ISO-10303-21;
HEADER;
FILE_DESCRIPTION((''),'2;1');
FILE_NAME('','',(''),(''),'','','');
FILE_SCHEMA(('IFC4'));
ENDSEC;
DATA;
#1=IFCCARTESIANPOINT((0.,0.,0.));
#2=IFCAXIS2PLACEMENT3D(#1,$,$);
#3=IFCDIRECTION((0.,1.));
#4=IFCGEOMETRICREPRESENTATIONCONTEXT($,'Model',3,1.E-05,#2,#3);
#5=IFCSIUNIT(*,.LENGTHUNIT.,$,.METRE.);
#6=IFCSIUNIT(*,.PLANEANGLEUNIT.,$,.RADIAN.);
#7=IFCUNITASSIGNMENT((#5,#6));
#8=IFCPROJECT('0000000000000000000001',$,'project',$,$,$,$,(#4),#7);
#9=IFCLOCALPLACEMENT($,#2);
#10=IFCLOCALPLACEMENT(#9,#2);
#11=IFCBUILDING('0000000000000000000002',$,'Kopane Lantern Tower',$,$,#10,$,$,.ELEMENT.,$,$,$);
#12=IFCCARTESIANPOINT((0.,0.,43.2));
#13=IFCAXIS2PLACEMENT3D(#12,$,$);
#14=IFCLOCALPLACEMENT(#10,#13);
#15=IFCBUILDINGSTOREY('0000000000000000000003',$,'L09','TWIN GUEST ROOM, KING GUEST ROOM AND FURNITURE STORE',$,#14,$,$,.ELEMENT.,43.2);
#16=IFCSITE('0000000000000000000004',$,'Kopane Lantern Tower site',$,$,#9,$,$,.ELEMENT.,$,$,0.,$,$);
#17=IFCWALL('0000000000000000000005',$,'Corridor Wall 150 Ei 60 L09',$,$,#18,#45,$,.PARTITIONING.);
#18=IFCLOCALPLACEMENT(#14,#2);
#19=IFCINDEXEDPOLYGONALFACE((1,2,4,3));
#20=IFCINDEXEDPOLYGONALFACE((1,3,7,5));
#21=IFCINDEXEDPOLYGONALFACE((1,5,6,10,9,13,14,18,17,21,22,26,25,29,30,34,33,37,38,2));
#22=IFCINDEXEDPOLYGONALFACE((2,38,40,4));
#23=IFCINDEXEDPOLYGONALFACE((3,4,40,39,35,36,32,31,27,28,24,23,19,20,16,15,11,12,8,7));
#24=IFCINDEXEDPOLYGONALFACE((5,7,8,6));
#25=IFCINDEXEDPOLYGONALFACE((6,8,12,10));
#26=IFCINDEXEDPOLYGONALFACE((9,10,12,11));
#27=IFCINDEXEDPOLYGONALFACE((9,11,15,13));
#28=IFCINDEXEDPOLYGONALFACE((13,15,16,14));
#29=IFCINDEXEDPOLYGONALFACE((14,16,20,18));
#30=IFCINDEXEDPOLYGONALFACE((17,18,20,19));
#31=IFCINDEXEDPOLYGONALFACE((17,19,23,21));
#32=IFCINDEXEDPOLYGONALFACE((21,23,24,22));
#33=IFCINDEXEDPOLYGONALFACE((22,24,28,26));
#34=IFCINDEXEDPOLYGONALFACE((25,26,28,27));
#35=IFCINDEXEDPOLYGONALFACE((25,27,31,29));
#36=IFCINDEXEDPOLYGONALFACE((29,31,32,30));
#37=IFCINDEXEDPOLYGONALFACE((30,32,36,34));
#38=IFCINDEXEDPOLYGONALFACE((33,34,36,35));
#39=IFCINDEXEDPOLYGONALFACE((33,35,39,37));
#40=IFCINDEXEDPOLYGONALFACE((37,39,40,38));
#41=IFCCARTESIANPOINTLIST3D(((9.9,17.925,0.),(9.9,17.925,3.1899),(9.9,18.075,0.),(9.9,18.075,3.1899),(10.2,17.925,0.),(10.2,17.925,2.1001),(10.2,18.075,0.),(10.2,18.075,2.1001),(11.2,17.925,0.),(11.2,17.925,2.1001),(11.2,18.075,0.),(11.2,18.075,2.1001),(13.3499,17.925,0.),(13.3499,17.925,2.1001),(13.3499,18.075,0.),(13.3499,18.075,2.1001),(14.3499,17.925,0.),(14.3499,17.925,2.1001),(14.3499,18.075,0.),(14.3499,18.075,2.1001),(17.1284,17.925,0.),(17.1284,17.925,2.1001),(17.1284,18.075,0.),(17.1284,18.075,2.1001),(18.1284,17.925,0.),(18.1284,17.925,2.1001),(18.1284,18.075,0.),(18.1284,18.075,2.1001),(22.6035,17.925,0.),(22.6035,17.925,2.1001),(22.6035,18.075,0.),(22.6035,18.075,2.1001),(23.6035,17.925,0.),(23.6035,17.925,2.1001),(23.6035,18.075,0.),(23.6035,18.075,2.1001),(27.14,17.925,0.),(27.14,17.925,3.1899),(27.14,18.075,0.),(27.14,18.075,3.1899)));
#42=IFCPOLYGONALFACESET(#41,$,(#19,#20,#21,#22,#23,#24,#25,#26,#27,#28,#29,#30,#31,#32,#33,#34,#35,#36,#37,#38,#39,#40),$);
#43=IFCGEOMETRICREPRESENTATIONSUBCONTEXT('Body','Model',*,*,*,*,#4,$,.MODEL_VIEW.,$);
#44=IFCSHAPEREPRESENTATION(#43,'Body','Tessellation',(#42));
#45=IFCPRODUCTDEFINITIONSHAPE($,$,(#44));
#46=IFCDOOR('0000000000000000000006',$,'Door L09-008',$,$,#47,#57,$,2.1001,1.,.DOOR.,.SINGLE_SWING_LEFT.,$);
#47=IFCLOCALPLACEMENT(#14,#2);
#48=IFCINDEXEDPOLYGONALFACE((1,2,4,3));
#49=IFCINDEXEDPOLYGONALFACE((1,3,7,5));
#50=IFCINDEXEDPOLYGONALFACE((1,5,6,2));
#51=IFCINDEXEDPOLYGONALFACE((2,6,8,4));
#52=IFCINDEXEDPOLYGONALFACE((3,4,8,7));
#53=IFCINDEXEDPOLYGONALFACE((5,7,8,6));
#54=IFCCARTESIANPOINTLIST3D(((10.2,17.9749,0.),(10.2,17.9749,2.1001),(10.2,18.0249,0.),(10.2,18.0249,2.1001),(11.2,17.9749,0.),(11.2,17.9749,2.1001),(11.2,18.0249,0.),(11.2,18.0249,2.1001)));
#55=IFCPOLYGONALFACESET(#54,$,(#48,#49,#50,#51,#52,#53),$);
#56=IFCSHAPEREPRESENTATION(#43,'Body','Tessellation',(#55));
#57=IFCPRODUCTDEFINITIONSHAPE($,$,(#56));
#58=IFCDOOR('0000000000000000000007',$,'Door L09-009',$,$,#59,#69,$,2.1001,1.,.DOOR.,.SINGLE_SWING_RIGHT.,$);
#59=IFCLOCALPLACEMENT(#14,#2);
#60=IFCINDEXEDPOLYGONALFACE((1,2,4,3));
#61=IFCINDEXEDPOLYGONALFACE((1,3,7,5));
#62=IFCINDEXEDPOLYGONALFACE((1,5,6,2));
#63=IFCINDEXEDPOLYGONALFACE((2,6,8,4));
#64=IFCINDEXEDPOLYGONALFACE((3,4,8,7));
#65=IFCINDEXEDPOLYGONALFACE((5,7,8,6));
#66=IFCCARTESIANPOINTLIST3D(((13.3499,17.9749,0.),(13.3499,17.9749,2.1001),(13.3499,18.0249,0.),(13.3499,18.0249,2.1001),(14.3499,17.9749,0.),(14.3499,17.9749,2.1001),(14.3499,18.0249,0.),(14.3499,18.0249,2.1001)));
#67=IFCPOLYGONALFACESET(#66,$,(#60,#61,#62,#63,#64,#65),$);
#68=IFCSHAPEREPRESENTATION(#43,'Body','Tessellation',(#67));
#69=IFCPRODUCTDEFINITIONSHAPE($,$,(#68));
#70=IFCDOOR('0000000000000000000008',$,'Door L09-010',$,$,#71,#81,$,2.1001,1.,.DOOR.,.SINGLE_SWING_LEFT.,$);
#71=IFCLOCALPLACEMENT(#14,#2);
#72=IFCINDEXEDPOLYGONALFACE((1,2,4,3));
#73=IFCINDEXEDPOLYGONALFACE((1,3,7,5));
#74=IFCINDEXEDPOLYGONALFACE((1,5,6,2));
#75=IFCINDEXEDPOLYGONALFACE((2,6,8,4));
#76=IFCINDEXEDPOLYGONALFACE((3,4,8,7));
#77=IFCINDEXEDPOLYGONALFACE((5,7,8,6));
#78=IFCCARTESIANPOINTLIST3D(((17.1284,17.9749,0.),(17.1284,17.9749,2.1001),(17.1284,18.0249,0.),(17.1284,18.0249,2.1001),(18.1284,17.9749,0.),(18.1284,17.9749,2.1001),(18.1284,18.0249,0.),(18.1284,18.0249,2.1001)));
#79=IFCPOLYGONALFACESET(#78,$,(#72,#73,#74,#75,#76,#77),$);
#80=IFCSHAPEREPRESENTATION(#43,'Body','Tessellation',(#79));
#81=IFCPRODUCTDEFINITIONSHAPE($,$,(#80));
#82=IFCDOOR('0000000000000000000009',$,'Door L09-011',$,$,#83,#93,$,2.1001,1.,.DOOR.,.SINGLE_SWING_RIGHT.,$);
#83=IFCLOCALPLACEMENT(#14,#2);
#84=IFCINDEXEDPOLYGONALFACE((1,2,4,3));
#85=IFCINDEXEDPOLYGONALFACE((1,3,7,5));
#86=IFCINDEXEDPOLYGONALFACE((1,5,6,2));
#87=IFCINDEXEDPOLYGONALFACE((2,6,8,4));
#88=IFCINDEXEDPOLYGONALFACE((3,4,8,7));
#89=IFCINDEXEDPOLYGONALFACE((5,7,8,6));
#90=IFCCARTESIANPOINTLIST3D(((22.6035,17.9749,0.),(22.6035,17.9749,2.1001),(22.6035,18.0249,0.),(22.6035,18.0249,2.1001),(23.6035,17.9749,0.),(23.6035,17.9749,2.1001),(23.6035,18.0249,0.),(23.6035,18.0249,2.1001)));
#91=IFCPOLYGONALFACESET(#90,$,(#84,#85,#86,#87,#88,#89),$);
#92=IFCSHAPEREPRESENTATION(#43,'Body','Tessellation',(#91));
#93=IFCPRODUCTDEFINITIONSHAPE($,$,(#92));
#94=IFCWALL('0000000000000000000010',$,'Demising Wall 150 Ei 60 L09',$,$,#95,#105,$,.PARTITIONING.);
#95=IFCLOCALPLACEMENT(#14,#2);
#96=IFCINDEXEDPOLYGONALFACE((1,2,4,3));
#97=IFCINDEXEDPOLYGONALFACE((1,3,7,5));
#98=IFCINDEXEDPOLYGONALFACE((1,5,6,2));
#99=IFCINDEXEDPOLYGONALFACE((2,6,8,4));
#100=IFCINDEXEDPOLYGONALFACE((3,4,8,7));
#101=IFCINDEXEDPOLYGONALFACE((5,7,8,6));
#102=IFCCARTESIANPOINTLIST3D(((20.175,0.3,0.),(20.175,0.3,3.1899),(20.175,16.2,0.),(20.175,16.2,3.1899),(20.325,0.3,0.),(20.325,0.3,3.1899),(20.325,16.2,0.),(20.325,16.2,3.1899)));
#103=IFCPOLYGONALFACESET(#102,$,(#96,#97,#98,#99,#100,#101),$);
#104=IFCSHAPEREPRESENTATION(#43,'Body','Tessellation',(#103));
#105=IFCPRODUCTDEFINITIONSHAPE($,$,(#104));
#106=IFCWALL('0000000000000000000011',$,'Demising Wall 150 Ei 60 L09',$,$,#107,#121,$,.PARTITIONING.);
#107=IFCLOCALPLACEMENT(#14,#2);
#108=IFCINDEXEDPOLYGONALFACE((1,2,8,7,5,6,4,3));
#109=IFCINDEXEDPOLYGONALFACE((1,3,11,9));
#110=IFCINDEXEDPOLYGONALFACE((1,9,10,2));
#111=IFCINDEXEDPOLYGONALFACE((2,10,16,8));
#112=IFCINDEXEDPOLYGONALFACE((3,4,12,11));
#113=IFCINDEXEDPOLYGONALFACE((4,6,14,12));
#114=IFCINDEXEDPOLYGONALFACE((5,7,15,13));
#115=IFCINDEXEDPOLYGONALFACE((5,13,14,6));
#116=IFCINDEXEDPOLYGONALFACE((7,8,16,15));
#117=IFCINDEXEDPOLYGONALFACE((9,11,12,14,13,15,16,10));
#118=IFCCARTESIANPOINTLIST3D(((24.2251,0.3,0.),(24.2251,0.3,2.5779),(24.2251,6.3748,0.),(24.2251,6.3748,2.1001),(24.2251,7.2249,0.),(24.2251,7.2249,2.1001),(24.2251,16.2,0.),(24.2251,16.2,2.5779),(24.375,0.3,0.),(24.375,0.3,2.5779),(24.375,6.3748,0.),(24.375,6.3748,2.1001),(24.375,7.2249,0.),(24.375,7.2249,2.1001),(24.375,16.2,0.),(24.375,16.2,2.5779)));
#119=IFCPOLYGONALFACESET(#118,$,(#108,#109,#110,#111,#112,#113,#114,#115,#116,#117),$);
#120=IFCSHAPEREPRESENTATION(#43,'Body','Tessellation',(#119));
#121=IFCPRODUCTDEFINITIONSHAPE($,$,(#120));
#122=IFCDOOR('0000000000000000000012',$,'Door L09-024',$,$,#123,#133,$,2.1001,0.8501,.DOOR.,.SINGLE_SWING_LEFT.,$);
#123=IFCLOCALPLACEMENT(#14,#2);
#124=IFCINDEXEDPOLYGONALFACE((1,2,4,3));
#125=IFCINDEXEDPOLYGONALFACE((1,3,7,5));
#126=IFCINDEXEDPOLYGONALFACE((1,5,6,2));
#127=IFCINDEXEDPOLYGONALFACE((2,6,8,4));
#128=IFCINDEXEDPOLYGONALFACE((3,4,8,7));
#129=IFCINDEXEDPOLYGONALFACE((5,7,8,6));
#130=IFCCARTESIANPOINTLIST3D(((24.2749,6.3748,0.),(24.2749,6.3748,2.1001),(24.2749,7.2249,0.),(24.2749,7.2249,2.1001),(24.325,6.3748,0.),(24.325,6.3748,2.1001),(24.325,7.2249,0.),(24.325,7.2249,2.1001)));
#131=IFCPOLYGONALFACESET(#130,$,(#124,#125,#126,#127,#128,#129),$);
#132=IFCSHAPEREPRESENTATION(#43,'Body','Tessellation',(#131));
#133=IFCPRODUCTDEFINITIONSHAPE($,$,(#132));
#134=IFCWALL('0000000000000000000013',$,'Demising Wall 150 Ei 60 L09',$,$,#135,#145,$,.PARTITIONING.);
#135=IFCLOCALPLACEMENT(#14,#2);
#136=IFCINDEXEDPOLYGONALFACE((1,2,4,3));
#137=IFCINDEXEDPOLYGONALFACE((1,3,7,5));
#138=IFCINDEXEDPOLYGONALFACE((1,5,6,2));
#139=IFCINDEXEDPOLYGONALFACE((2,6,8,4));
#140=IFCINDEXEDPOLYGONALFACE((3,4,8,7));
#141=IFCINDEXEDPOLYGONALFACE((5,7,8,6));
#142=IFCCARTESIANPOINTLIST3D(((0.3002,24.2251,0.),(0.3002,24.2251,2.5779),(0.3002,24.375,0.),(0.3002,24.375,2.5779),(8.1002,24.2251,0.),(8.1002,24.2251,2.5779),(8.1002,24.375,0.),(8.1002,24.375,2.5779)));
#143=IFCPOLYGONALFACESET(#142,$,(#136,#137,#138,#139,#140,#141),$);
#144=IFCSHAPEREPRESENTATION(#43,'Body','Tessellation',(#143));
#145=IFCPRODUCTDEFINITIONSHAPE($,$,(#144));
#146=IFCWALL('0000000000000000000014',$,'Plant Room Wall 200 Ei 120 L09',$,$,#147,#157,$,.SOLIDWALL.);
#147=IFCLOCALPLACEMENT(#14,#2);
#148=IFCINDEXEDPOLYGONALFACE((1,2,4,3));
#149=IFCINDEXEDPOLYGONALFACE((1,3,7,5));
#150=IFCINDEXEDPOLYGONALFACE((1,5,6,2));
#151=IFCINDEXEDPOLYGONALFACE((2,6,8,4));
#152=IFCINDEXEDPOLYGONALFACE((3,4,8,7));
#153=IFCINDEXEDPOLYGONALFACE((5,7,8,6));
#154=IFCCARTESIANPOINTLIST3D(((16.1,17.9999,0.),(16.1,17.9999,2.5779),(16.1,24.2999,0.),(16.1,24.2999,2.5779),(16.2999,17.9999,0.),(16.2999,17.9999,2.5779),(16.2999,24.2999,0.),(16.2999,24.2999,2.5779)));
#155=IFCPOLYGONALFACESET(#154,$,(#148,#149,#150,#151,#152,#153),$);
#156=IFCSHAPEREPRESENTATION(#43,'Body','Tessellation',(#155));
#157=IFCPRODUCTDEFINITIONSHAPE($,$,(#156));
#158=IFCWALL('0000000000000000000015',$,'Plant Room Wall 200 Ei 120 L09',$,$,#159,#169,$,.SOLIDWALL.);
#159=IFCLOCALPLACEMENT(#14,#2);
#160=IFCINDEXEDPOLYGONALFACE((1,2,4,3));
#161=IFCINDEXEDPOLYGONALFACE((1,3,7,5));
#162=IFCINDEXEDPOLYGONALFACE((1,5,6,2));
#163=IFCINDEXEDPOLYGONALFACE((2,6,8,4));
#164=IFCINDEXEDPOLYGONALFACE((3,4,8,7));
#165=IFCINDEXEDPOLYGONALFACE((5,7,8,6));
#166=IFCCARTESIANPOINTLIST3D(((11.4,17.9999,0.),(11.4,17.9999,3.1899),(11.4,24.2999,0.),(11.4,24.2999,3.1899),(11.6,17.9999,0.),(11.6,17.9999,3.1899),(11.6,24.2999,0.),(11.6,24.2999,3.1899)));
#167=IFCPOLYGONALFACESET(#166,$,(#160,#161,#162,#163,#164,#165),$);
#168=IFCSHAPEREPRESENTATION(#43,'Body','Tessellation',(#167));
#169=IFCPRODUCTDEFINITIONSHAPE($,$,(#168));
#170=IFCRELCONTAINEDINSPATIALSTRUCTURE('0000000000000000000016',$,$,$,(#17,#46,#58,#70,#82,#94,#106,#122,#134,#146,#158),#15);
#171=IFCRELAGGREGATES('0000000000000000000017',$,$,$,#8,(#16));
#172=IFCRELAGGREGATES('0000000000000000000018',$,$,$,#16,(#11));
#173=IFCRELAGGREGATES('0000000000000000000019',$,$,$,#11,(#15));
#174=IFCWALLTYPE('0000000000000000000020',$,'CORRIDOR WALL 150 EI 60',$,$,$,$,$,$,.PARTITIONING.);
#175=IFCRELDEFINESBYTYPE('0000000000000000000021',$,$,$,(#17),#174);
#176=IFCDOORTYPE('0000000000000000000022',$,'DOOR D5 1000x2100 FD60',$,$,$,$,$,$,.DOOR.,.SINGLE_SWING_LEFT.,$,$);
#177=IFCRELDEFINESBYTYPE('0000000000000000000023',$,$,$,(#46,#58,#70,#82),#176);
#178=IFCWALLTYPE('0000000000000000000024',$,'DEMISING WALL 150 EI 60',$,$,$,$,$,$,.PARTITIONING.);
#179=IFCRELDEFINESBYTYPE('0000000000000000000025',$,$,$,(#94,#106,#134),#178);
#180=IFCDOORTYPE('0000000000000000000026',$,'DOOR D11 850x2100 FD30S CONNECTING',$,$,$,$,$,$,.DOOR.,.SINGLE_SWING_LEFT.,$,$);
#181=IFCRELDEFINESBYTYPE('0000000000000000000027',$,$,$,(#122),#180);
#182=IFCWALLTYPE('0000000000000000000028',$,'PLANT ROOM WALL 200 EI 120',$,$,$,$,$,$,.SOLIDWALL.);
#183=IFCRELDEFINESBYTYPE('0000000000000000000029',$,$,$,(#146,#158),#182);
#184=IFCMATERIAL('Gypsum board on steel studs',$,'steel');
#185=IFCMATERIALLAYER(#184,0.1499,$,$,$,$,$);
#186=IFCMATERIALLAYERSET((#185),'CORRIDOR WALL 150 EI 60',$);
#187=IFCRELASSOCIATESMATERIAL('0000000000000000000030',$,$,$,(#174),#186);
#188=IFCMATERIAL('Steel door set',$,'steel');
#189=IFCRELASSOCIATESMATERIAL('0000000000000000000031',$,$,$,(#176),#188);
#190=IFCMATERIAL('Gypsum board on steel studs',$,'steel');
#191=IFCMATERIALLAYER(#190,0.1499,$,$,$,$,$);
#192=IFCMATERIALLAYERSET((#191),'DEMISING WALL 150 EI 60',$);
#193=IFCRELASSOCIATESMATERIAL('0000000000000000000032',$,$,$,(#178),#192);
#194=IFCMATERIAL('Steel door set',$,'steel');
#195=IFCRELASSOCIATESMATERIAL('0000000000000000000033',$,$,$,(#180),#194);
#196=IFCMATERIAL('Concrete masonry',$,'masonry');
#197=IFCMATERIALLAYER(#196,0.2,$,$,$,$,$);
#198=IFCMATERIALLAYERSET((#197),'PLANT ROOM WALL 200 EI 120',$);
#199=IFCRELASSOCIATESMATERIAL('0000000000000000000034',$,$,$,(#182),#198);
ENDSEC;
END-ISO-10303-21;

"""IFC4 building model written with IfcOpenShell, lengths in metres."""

from ifc_helpers import new_model, si_unit, direction, frame, frame_2d, origin, place, context, subcontext, project, spatial, rectangle, extrude, material, layer, layer_set, type_object, element, fill, save


model = new_model("IFC4")

# Units and contexts
model_context = context("Model", 3, precision=1e-05, world=origin(), true_north=direction((0.0, 1.0)))
body_context = subcontext(model_context, "Body", "Model", "MODEL_VIEW")
ifc_project = project(units=[si_unit("LENGTHUNIT", "METRE"), si_unit("PLANEANGLEUNIT", "RADIAN")], contexts=[model_context])

# Site, building, storey
site_placement = place(None, origin())
site = spatial("IfcSite", under=ifc_project, at=site_placement, Name="Kopane Lantern Tower site", CompositionType="ELEMENT", RefElevation=0.0)
building_placement = place(site_placement, origin())
building = spatial("IfcBuilding", under=site, at=building_placement, Name="Kopane Lantern Tower", CompositionType="ELEMENT")
storey_placement = place(building_placement, frame((0.0, 0.0, 43.2)))
storey = spatial("IfcBuildingStorey", under=building, at=storey_placement, Name="L09", Description="TWIN GUEST ROOM, KING GUEST ROOM AND FURNITURE STORE", CompositionType="ELEMENT", Elevation=43.2)

# Wall, openings, doors
ifc_material_1 = material(Name="Gypsum board on steel studs", Category="steel")
ifc_layer_1 = layer(ifc_material_1, 0.1499)
ifc_layer_set_1 = layer_set([ifc_layer_1], Name="CORRIDOR WALL 150 EI 60")
wall_type_1 = type_object("IfcWallType", Name="CORRIDOR WALL 150 EI 60", PredefinedType="PARTITIONING", material=ifc_layer_set_1)
wall_1_placement = place(storey_placement, frame((9.8999, 18.0, 0.0), z_axis=(0.0, 0.0, 1.0), x_axis=(1.0, 0.0, 0.0)))
wall_1 = element("IfcWall", 1, at=wall_1_placement, inside=storey, type_object=wall_type_1, Name="Corridor Wall 150 Ei 60 L09", PredefinedType="PARTITIONING", context=body_context, shape_type="SweptSolid", body=[
    extrude(rectangle(XDim=17.24, YDim=0.1499, at=frame_2d((8.6201, 0.0))), origin(), (0.0, 0.0, 1.0), 3.1899),
])
opening_1_placement = place(wall_1_placement, frame((0.3, 0.0, 0.0)))
opening_1 = element("IfcOpeningElement", 2, at=opening_1_placement, cuts=wall_1, PredefinedType="OPENING", context=body_context, shape_type="SweptSolid", body=[
    extrude(rectangle(XDim=1.0, YDim=2.1001, at=frame_2d((0.5, 1.05))), frame((0.0, 0.085, 0.0), z_axis=(0.0, -1.0, 0.0), x_axis=(1.0, 0.0, 0.0)), (0.0, 0.0, 1.0), 0.1699),
])
opening_2_placement = place(wall_1_placement, frame((3.45, 0.0, 0.0)))
opening_2 = element("IfcOpeningElement", 3, at=opening_2_placement, cuts=wall_1, PredefinedType="OPENING", context=body_context, shape_type="SweptSolid", body=[
    extrude(rectangle(XDim=1.0, YDim=2.1001, at=frame_2d((0.5, 1.05))), frame((0.0, 0.085, 0.0), z_axis=(0.0, -1.0, 0.0), x_axis=(1.0, 0.0, 0.0)), (0.0, 0.0, 1.0), 0.1699),
])
opening_3_placement = place(wall_1_placement, frame((7.2285, 0.0, 0.0)))
opening_3 = element("IfcOpeningElement", 4, at=opening_3_placement, cuts=wall_1, PredefinedType="OPENING", context=body_context, shape_type="SweptSolid", body=[
    extrude(rectangle(XDim=1.0, YDim=2.1001, at=frame_2d((0.5, 1.05))), frame((0.0, 0.085, 0.0), z_axis=(0.0, -1.0, 0.0), x_axis=(1.0, 0.0, 0.0)), (0.0, 0.0, 1.0), 0.1699),
])
opening_4_placement = place(wall_1_placement, frame((12.7036, 0.0, 0.0)))
opening_4 = element("IfcOpeningElement", 5, at=opening_4_placement, cuts=wall_1, PredefinedType="OPENING", context=body_context, shape_type="SweptSolid", body=[
    extrude(rectangle(XDim=1.0, YDim=2.1001, at=frame_2d((0.5, 1.05))), frame((0.0, 0.085, 0.0), z_axis=(0.0, -1.0, 0.0), x_axis=(1.0, 0.0, 0.0)), (0.0, 0.0, 1.0), 0.1699),
])
ifc_material_2 = material(Name="Steel door set", Category="steel")
door_type_1 = type_object("IfcDoorType", Name="DOOR D5 1000x2100 FD60", OperationType="SINGLE_SWING_LEFT", PredefinedType="DOOR", material=ifc_material_2)
door_1_placement = place(opening_1_placement, origin())
door_1 = element("IfcDoor", 6, at=door_1_placement, inside=storey, type_object=door_type_1, Name="Door L09-008", OperationType="SINGLE_SWING_LEFT", OverallHeight=2.1001, OverallWidth=1.0, PredefinedType="DOOR", context=body_context, shape_type="SweptSolid", body=[
    extrude(rectangle(XDim=1.0, YDim=2.1001, at=frame_2d((0.5, 1.05))), frame((0.0, 0.0249, 0.0), z_axis=(0.0, -1.0, 0.0), x_axis=(1.0, 0.0, 0.0)), (0.0, 0.0, 1.0), 0.05),
])
fill(opening_1, door_1)
door_2_placement = place(opening_2_placement, origin())
door_2 = element("IfcDoor", 7, at=door_2_placement, inside=storey, type_object=door_type_1, Name="Door L09-009", OperationType="SINGLE_SWING_RIGHT", OverallHeight=2.1001, OverallWidth=1.0, PredefinedType="DOOR", context=body_context, shape_type="SweptSolid", body=[
    extrude(rectangle(XDim=1.0, YDim=2.1001, at=frame_2d((0.5, 1.05))), frame((0.0, 0.0249, 0.0), z_axis=(0.0, -1.0, 0.0), x_axis=(1.0, 0.0, 0.0)), (0.0, 0.0, 1.0), 0.05),
])
fill(opening_2, door_2)
door_3_placement = place(opening_3_placement, origin())
door_3 = element("IfcDoor", 8, at=door_3_placement, inside=storey, type_object=door_type_1, Name="Door L09-010", OperationType="SINGLE_SWING_LEFT", OverallHeight=2.1001, OverallWidth=1.0, PredefinedType="DOOR", context=body_context, shape_type="SweptSolid", body=[
    extrude(rectangle(XDim=1.0, YDim=2.1001, at=frame_2d((0.5, 1.05))), frame((0.0, 0.0249, 0.0), z_axis=(0.0, -1.0, 0.0), x_axis=(1.0, 0.0, 0.0)), (0.0, 0.0, 1.0), 0.05),
])
fill(opening_3, door_3)
door_4_placement = place(opening_4_placement, origin())
door_4 = element("IfcDoor", 9, at=door_4_placement, inside=storey, type_object=door_type_1, Name="Door L09-011", OperationType="SINGLE_SWING_RIGHT", OverallHeight=2.1001, OverallWidth=1.0, PredefinedType="DOOR", context=body_context, shape_type="SweptSolid", body=[
    extrude(rectangle(XDim=1.0, YDim=2.1001, at=frame_2d((0.5, 1.05))), frame((0.0, 0.0249, 0.0), z_axis=(0.0, -1.0, 0.0), x_axis=(1.0, 0.0, 0.0)), (0.0, 0.0, 1.0), 0.05),
])
fill(opening_4, door_4)

# Wall
ifc_material_3 = material(Name="Gypsum board on steel studs", Category="steel")
ifc_layer_2 = layer(ifc_material_3, 0.1499)
ifc_layer_set_2 = layer_set([ifc_layer_2], Name="DEMISING WALL 150 EI 60")
wall_type_2 = type_object("IfcWallType", Name="DEMISING WALL 150 EI 60", PredefinedType="PARTITIONING", material=ifc_layer_set_2)
wall_2_placement = place(storey_placement, frame((20.25, 16.2, 0.0), z_axis=(0.0, 0.0, 1.0), x_axis=(0.0, -1.0, 0.0)))
element("IfcWall", 10, at=wall_2_placement, inside=storey, type_object=wall_type_2, Name="Demising Wall 150 Ei 60 L09", PredefinedType="PARTITIONING", context=body_context, shape_type="SweptSolid", body=[
    extrude(rectangle(XDim=15.8999, YDim=0.1499, at=frame_2d((7.95, 0.0))), origin(), (0.0, 0.0, 1.0), 3.1899),
])

# Wall, opening, door
wall_3_placement = place(storey_placement, frame((24.3, 16.2, 0.0), z_axis=(0.0, 0.0, 1.0), x_axis=(0.0, -1.0, 0.0)))
wall_3 = element("IfcWall", 11, at=wall_3_placement, inside=storey, type_object=wall_type_2, Name="Demising Wall 150 Ei 60 L09", PredefinedType="PARTITIONING", context=body_context, shape_type="SweptSolid", body=[
    extrude(rectangle(XDim=15.8999, YDim=0.1499, at=frame_2d((7.95, 0.0))), origin(), (0.0, 0.0, 1.0), 2.5779),
])
opening_5_placement = place(wall_3_placement, frame((8.9751, 0.0, 0.0)))
opening_5 = element("IfcOpeningElement", 12, at=opening_5_placement, cuts=wall_3, PredefinedType="OPENING", context=body_context, shape_type="SweptSolid", body=[
    extrude(rectangle(XDim=0.8501, YDim=2.1001, at=frame_2d((0.425, 1.05))), frame((0.0, 0.085, 0.0), z_axis=(0.0, -1.0, 0.0), x_axis=(1.0, 0.0, 0.0)), (0.0, 0.0, 1.0), 0.1699),
])
ifc_material_4 = material(Name="Steel door set", Category="steel")
door_type_2 = type_object("IfcDoorType", Name="DOOR D11 850x2100 FD30S CONNECTING", OperationType="SINGLE_SWING_LEFT", PredefinedType="DOOR", material=ifc_material_4)
door_5_placement = place(opening_5_placement, origin())
door_5 = element("IfcDoor", 13, at=door_5_placement, inside=storey, type_object=door_type_2, Name="Door L09-024", OperationType="SINGLE_SWING_LEFT", OverallHeight=2.1001, OverallWidth=0.8501, PredefinedType="DOOR", context=body_context, shape_type="SweptSolid", body=[
    extrude(rectangle(XDim=0.8501, YDim=2.1001, at=frame_2d((0.425, 1.05))), frame((0.0, 0.0249, 0.0), z_axis=(0.0, -1.0, 0.0), x_axis=(1.0, 0.0, 0.0)), (0.0, 0.0, 1.0), 0.05),
])
fill(opening_5, door_5)

# Walls
wall_4_placement = place(storey_placement, frame((8.1001, 24.3, 0.0), z_axis=(0.0, 0.0, 1.0), x_axis=(-1.0, 0.0, 0.0)))
element("IfcWall", 14, at=wall_4_placement, inside=storey, type_object=wall_type_2, Name="Demising Wall 150 Ei 60 L09", PredefinedType="PARTITIONING", context=body_context, shape_type="SweptSolid", body=[
    extrude(rectangle(XDim=7.8, YDim=0.1499, at=frame_2d((3.8999, 0.0))), origin(), (0.0, 0.0, 1.0), 2.5779),
])
ifc_material_5 = material(Name="Concrete masonry", Category="masonry")
ifc_layer_3 = layer(ifc_material_5, 0.2)
ifc_layer_set_3 = layer_set([ifc_layer_3], Name="PLANT ROOM WALL 200 EI 120")
wall_type_3 = type_object("IfcWallType", Name="PLANT ROOM WALL 200 EI 120", PredefinedType="SOLIDWALL", material=ifc_layer_set_3)
wall_5_placement = place(storey_placement, frame((16.2, 18.0, 0.0), z_axis=(0.0, 0.0, 1.0), x_axis=(0.0, 1.0, 0.0)))
element("IfcWall", 15, at=wall_5_placement, inside=storey, type_object=wall_type_3, Name="Plant Room Wall 200 Ei 120 L09", PredefinedType="SOLIDWALL", context=body_context, shape_type="SweptSolid", body=[
    extrude(rectangle(XDim=6.3, YDim=0.2, at=frame_2d((3.1499, 0.0))), origin(), (0.0, 0.0, 1.0), 2.5779),
])
for number, where, z_axis, x_axis, name in (
    (16, (11.5, 18.0, 0.0), (0.0, 0.0, 1.0), (0.0, 1.0, 0.0), "Plant Room Wall 200 Ei 120 L09"),
):
    element("IfcWall", number, at=place(storey_placement, frame(where, z_axis=z_axis, x_axis=x_axis)), inside=storey, type_object=wall_type_3, Name=name, PredefinedType="SOLIDWALL", context=body_context, shape_type="SweptSolid", body=[
        extrude(rectangle(XDim=6.3, YDim=0.2, at=frame_2d((3.1499, 0.0))), origin(), (0.0, 0.0, 1.0), 3.1899),
    ])

save(model, "model.ifc")
